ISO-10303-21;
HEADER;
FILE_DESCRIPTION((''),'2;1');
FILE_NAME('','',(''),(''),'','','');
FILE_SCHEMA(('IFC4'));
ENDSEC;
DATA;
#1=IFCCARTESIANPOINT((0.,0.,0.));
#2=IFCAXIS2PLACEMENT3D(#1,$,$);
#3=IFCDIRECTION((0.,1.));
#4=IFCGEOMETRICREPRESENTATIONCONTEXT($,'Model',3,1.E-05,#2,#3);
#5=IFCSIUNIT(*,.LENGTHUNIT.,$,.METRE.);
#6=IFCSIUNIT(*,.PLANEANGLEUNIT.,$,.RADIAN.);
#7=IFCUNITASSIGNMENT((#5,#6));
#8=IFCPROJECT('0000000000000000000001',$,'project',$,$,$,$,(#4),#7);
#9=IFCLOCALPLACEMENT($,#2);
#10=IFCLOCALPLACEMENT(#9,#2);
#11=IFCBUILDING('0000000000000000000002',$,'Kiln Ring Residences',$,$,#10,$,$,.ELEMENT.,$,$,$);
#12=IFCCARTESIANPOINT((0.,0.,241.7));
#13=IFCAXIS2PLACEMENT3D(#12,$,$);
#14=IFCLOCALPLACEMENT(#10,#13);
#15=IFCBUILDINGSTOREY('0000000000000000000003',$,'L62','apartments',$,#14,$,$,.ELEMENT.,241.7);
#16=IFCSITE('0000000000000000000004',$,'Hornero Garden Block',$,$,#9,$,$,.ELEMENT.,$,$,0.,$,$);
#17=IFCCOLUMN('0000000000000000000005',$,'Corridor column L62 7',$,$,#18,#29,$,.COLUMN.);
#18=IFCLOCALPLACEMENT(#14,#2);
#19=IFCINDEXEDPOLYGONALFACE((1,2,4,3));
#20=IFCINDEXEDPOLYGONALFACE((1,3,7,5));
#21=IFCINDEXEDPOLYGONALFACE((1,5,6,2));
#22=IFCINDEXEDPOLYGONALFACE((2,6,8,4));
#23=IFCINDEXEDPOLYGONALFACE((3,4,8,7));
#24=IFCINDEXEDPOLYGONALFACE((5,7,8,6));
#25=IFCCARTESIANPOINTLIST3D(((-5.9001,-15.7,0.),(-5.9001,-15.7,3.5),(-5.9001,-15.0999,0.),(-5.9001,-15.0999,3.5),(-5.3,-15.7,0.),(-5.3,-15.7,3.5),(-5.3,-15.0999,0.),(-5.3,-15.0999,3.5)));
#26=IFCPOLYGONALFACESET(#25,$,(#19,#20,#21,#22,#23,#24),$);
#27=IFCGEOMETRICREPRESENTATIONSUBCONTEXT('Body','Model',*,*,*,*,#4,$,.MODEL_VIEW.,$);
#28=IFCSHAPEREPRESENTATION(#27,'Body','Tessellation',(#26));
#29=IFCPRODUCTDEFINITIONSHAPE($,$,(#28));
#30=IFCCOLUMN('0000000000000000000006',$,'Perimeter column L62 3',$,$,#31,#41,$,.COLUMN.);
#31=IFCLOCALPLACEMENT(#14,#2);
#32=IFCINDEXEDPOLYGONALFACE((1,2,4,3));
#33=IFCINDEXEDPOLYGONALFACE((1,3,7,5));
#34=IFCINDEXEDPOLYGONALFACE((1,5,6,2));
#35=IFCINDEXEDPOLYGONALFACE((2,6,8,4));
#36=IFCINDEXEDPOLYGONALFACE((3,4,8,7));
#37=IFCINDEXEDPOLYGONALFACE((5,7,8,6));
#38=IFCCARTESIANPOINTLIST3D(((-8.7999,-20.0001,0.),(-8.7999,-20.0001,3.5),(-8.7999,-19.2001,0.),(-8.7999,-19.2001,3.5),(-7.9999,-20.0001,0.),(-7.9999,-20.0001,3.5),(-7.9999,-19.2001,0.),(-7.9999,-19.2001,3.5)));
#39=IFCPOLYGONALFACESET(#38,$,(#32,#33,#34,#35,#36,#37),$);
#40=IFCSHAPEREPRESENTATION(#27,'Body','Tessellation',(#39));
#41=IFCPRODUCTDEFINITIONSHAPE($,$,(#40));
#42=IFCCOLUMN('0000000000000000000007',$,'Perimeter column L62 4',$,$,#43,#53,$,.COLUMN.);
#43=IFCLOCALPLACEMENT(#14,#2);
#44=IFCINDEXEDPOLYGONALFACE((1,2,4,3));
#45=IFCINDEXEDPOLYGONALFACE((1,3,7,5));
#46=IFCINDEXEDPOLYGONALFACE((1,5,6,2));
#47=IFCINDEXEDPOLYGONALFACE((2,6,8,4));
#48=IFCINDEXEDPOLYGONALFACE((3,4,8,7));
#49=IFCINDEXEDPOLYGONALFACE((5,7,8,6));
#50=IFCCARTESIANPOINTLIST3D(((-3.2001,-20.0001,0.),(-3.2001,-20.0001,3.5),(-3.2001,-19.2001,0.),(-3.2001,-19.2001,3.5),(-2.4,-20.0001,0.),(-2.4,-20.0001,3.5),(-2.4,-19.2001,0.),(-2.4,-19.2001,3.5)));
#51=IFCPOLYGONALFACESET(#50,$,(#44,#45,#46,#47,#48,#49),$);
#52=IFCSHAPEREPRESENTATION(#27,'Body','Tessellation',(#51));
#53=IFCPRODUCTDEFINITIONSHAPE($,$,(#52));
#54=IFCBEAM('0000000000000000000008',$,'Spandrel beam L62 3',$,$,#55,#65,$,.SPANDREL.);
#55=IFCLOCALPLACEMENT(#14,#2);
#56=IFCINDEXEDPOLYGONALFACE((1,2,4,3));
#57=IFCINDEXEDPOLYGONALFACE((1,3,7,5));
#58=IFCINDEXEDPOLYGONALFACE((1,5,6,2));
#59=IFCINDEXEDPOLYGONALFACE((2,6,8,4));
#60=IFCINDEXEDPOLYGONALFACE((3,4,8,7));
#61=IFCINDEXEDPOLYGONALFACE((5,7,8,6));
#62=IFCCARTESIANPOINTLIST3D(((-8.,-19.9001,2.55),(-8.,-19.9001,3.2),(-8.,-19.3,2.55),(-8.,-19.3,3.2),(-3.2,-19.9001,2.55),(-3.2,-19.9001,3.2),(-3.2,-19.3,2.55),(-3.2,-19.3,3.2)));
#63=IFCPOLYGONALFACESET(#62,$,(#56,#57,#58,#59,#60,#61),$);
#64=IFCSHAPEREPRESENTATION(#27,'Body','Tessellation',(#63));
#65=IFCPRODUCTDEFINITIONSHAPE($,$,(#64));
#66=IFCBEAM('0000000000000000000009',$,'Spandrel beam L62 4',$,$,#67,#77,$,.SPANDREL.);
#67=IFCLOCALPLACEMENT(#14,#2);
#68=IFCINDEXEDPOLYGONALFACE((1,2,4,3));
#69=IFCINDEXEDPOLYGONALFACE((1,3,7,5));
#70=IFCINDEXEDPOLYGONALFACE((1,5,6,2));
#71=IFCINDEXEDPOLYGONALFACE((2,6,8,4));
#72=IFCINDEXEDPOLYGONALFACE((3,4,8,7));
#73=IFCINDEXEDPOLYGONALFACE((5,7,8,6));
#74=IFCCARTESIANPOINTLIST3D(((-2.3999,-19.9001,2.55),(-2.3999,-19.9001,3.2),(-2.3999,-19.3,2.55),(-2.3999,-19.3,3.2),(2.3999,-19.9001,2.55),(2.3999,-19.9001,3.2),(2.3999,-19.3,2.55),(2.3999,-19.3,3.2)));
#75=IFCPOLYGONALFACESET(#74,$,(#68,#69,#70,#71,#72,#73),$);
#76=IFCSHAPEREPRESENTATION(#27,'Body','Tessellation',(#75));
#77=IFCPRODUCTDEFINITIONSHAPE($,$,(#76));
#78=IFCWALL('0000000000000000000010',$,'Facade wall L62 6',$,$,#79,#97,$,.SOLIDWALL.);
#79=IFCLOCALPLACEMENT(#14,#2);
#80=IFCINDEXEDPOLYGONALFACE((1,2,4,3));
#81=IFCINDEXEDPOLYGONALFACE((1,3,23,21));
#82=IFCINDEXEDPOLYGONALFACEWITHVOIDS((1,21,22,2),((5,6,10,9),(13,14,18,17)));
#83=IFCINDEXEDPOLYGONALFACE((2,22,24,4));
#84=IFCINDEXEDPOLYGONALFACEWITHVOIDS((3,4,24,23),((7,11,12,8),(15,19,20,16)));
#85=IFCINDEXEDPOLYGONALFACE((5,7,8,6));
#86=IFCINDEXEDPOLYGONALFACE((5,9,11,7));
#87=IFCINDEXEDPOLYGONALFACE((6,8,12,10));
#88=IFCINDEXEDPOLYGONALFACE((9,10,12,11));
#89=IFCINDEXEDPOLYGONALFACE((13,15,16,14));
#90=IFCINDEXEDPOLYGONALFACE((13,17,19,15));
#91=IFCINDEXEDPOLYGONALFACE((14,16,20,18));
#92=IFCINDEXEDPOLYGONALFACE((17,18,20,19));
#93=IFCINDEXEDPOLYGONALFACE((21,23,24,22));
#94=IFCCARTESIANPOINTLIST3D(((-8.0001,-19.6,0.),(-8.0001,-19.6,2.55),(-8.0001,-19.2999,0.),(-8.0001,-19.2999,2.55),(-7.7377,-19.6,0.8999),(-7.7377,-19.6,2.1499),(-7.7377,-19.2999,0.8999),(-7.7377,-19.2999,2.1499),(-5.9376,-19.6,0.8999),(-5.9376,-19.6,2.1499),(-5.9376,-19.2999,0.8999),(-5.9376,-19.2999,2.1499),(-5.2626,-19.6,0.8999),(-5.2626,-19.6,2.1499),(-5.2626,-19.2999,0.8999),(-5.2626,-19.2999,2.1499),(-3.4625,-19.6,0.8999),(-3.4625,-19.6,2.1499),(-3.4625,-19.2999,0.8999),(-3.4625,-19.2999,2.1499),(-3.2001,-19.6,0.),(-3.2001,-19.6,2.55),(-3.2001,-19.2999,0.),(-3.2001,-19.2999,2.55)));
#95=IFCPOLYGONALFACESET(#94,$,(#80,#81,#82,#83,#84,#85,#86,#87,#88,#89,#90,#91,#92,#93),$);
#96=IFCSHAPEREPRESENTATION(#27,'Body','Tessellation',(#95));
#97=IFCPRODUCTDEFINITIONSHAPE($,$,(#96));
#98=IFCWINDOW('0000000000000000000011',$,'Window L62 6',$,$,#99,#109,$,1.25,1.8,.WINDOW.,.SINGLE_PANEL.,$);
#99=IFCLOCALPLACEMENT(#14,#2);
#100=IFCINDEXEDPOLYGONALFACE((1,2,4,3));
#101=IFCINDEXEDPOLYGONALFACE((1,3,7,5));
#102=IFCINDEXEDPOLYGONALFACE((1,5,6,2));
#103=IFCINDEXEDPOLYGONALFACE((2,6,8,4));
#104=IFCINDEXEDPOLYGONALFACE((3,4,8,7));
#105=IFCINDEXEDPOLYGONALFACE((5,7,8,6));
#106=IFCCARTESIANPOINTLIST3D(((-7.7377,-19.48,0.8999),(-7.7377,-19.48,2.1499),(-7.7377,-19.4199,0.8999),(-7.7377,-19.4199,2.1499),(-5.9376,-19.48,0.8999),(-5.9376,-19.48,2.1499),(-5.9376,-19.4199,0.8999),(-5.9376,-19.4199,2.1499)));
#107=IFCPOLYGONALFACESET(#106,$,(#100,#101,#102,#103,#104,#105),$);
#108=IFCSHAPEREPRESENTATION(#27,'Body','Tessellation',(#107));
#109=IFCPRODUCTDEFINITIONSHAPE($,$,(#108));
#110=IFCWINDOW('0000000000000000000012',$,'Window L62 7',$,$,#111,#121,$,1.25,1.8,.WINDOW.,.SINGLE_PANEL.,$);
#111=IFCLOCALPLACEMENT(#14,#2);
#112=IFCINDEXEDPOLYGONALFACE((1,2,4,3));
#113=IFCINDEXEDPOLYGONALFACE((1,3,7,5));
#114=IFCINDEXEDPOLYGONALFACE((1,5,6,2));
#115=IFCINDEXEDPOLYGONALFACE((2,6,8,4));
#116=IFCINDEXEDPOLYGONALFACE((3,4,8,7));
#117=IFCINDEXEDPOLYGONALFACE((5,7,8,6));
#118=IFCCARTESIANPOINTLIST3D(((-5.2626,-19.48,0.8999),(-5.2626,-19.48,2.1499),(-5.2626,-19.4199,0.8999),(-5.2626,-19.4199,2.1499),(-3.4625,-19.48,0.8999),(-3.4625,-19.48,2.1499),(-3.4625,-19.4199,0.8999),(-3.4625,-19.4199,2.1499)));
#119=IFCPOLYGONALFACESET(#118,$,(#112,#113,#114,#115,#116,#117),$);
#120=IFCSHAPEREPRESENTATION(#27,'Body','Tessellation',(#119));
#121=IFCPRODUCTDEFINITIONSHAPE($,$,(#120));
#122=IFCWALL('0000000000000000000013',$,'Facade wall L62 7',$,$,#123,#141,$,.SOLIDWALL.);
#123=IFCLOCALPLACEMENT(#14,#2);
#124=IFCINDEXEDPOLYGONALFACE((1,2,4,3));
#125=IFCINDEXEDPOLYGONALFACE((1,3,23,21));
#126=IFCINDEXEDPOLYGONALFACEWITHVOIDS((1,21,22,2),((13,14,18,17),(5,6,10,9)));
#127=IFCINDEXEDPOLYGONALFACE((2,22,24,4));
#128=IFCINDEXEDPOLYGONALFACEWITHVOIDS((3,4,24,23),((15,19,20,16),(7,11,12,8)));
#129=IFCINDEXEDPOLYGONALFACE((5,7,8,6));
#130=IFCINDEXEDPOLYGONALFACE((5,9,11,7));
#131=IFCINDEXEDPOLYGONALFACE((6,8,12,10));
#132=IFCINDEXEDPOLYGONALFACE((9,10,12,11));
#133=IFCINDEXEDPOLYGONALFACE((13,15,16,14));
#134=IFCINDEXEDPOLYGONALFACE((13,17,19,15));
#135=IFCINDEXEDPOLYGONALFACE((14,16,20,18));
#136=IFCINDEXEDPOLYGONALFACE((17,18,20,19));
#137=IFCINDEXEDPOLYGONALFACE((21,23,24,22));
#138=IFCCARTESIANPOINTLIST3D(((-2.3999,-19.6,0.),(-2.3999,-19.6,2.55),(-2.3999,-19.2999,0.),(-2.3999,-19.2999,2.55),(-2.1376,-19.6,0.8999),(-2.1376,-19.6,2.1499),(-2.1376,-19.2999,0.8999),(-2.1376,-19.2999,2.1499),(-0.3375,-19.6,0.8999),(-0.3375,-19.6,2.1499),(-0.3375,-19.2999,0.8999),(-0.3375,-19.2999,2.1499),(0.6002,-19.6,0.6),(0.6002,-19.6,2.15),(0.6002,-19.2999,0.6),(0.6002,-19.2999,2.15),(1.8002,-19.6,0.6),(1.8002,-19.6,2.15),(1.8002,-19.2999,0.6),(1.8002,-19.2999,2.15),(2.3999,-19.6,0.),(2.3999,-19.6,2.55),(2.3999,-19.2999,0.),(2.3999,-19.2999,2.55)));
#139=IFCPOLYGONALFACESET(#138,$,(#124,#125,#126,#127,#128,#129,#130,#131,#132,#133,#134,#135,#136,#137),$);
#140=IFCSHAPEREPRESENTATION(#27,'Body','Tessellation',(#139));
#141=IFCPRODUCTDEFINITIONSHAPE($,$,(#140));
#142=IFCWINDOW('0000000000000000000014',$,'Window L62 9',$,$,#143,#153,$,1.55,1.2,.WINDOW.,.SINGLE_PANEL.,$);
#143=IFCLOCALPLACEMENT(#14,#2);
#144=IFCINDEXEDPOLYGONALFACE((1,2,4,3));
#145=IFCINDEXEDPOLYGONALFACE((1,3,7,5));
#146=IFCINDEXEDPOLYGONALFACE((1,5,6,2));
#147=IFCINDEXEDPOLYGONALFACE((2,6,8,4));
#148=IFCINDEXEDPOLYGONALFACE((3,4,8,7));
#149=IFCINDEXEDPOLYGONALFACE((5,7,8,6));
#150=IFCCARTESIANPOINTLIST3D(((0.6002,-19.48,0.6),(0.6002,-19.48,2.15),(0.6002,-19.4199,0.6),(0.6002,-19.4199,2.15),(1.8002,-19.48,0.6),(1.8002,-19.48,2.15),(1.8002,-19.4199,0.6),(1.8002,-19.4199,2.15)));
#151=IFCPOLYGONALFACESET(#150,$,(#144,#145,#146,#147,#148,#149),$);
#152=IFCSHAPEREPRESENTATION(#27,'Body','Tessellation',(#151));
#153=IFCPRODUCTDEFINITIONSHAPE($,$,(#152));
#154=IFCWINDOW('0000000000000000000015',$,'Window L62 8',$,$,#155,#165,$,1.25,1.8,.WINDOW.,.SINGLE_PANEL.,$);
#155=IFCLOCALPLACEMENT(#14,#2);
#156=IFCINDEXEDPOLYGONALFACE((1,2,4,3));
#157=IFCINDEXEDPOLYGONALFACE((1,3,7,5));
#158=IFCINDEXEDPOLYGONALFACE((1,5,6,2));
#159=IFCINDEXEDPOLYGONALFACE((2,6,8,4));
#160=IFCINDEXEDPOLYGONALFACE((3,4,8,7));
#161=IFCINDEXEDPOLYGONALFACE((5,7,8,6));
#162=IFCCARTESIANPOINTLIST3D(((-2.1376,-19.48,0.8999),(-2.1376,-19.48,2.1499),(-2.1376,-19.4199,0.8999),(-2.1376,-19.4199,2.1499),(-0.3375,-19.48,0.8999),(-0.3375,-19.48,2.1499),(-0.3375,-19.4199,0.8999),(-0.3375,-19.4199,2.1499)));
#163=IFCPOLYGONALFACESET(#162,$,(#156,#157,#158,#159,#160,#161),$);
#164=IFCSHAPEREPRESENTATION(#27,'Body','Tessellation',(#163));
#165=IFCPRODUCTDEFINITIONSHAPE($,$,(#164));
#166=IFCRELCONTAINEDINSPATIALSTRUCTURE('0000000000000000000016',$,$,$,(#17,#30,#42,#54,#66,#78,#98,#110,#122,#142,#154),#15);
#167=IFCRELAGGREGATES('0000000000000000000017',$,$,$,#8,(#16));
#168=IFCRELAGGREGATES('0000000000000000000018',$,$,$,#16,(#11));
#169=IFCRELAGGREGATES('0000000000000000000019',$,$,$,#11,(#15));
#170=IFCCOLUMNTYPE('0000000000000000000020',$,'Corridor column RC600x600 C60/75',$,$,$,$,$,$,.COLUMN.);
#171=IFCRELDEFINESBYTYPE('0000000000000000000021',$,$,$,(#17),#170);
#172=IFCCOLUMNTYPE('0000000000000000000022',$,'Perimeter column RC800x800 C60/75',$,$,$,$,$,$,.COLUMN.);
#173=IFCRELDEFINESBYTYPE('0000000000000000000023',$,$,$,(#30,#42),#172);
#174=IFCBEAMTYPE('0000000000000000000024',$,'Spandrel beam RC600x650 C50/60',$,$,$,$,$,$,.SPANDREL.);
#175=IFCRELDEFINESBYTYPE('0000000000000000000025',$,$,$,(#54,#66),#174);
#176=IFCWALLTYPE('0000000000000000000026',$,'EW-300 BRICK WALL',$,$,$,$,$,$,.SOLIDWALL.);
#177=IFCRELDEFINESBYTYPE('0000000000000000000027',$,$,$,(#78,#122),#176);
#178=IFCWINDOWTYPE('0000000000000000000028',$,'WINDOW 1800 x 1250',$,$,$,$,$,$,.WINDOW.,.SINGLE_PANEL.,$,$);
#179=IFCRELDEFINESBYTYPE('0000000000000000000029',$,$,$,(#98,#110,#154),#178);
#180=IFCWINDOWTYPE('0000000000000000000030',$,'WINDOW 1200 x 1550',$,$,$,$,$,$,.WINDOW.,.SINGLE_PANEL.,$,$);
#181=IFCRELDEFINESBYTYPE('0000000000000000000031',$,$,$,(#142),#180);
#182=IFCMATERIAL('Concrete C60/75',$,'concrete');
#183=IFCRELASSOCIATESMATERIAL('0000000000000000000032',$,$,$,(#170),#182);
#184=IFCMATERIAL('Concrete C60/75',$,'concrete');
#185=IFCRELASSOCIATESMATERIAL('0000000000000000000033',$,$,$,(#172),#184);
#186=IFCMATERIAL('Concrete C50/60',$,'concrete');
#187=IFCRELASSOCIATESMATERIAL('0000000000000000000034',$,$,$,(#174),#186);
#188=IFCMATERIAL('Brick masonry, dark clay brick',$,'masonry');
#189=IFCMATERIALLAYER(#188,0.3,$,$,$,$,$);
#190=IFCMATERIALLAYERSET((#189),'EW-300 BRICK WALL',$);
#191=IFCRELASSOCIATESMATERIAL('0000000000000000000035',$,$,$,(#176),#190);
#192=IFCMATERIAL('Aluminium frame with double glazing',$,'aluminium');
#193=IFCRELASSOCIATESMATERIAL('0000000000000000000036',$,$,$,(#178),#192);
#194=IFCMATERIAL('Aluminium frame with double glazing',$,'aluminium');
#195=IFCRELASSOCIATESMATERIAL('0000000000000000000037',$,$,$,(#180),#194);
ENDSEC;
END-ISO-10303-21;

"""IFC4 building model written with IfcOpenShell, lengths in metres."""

from ifc_helpers import new_model, si_unit, direction, frame, frame_2d, origin, origin_2d, place, context, subcontext, project, spatial, rectangle, extrude, material, layer, layer_set, material_profile, profile_set, type_object, element, fill, save


model = new_model("IFC4")

# Units and contexts
model_context = context("Model", 3, precision=1e-05, world=origin(), true_north=direction((0.0, 1.0)))
body_context = subcontext(model_context, "Body", "Model", "MODEL_VIEW")
ifc_project = project(units=[si_unit("LENGTHUNIT", "METRE"), si_unit("PLANEANGLEUNIT", "RADIAN")], contexts=[model_context])

# Site, building, storey
site_placement = place(None, origin())
site = spatial("IfcSite", under=ifc_project, at=site_placement, Name="Hornero Garden Block", CompositionType="ELEMENT", RefElevation=0.0)
building_placement = place(site_placement, origin())
building = spatial("IfcBuilding", under=site, at=building_placement, Name="Kiln Ring Residences", CompositionType="ELEMENT")
storey_placement = place(building_placement, frame((0.0, 0.0, 241.7)))
storey = spatial("IfcBuildingStorey", under=building, at=storey_placement, Name="L62", Description="apartments", CompositionType="ELEMENT", Elevation=241.7)

# Columns
ifc_material_1 = material(Name="Concrete C60/75", Category="concrete")
ifc_material_profile_1 = material_profile(ifc_material_1, rectangle(XDim=0.6001, YDim=0.6001, at=origin_2d()), Name="RC600x600")
ifc_profile_set_1 = profile_set([ifc_material_profile_1], Name="Concrete C60/75")
column_type_1 = type_object("IfcColumnType", Name="Corridor column RC600x600 C60/75", PredefinedType="COLUMN", material=ifc_profile_set_1)
column_placement = place(storey_placement, frame((-5.6001, -15.3999, 0.0), z_axis=(0.0, 0.0, 1.0), x_axis=(1.0, 0.0, 0.0)))
element("IfcColumn", 1, at=column_placement, inside=storey, type_object=column_type_1, Name="Corridor column L62 7", PredefinedType="COLUMN", context=body_context, shape_type="SweptSolid", body=[
    extrude(rectangle(XDim=0.6001, YDim=0.6001, at=origin_2d()), origin(), (0.0, 0.0, 1.0), 3.5),
])
ifc_material_2 = material(Name="Concrete C60/75", Category="concrete")
ifc_material_profile_2 = material_profile(ifc_material_2, rectangle(XDim=0.8, YDim=0.8, at=origin_2d()), Name="RC800x800")
ifc_profile_set_2 = profile_set([ifc_material_profile_2], Name="Concrete C60/75")
column_type_2 = type_object("IfcColumnType", Name="Perimeter column RC800x800 C60/75", PredefinedType="COLUMN", material=ifc_profile_set_2)
for number, where, z_axis, x_axis, name in (
    (2, (-8.3999, -19.6001, 0.0), (0.0, 0.0, 1.0), (1.0, 0.0, 0.0), "Perimeter column L62 3"),
    (3, (-2.8, -19.6001, 0.0), (0.0, 0.0, 1.0), (1.0, 0.0, 0.0), "Perimeter column L62 4"),
):
    element("IfcColumn", number, at=place(storey_placement, frame(where, z_axis=z_axis, x_axis=x_axis)), inside=storey, type_object=column_type_2, Name=name, PredefinedType="COLUMN", context=body_context, shape_type="SweptSolid", body=[
        extrude(rectangle(XDim=0.8, YDim=0.8, at=origin_2d()), origin(), (0.0, 0.0, 1.0), 3.5),
    ])

# Beams
ifc_material_3 = material(Name="Concrete C50/60", Category="concrete")
ifc_material_profile_3 = material_profile(ifc_material_3, rectangle(XDim=0.6001, YDim=0.6499, at=origin_2d()), Name="RC600x650")
ifc_profile_set_3 = profile_set([ifc_material_profile_3], Name="Concrete C50/60")
beam_type = type_object("IfcBeamType", Name="Spandrel beam RC600x650 C50/60", PredefinedType="SPANDREL", material=ifc_profile_set_3)
beam_1_placement = place(storey_placement, frame((-8.0, -19.6001, 2.875), z_axis=(1.0, 0.0, 0.0), x_axis=(0.0, 1.0, 0.0)))
element("IfcBeam", 4, at=beam_1_placement, inside=storey, type_object=beam_type, Name="Spandrel beam L62 3", PredefinedType="SPANDREL", context=body_context, shape_type="SweptSolid", body=[
    extrude(rectangle(XDim=0.6001, YDim=0.6499, at=origin_2d()), origin(), (0.0, 0.0, 1.0), 4.8),
])
beam_2_placement = place(storey_placement, frame((-2.3999, -19.6001, 2.875), z_axis=(1.0, 0.0, 0.0), x_axis=(0.0, 1.0, 0.0)))
element("IfcBeam", 5, at=beam_2_placement, inside=storey, type_object=beam_type, Name="Spandrel beam L62 4", PredefinedType="SPANDREL", context=body_context, shape_type="SweptSolid", body=[
    extrude(rectangle(XDim=0.6001, YDim=0.6499, at=origin_2d()), origin(), (0.0, 0.0, 1.0), 4.7998),
])

# Walls, openings, windows
ifc_material_4 = material(Name="Brick masonry, dark clay brick", Category="masonry")
ifc_layer_1 = layer(ifc_material_4, 0.3)
ifc_layer_set_1 = layer_set([ifc_layer_1], Name="EW-300 BRICK WALL")
wall_type_1 = type_object("IfcWallType", Name="EW-300 BRICK WALL", PredefinedType="SOLIDWALL", material=ifc_layer_set_1)
wall_1_placement = place(storey_placement, frame((-8.0, -19.45, 0.0), z_axis=(0.0, 0.0, 1.0), x_axis=(1.0, 0.0, 0.0)))
wall_1 = element("IfcWall", 6, at=wall_1_placement, inside=storey, type_object=wall_type_1, Name="Facade wall L62 6", PredefinedType="SOLIDWALL", context=body_context, shape_type="SweptSolid", body=[
    extrude(rectangle(XDim=4.8, YDim=0.3, at=frame_2d((2.3999, 0.0))), origin(), (0.0, 0.0, 1.0), 2.55),
])
opening_1_placement = place(wall_1_placement, frame((0.2625, 0.0, 0.8999)))
opening_1 = element("IfcOpeningElement", 7, at=opening_1_placement, cuts=wall_1, PredefinedType="OPENING", context=body_context, shape_type="SweptSolid", body=[
    extrude(rectangle(XDim=1.8, YDim=1.25, at=frame_2d((0.8999, 0.625))), frame((0.0, 0.1599, 0.0), z_axis=(0.0, -1.0, 0.0), x_axis=(1.0, 0.0, 0.0)), (0.0, 0.0, 1.0), 0.3201),
])
opening_2_placement = place(wall_1_placement, frame((2.7375, 0.0, 0.8999)))
opening_2 = element("IfcOpeningElement", 8, at=opening_2_placement, cuts=wall_1, PredefinedType="OPENING", context=body_context, shape_type="SweptSolid", body=[
    extrude(rectangle(XDim=1.8, YDim=1.25, at=frame_2d((0.8999, 0.625))), frame((0.0, 0.1599, 0.0), z_axis=(0.0, -1.0, 0.0), x_axis=(1.0, 0.0, 0.0)), (0.0, 0.0, 1.0), 0.3201),
])
ifc_material_5 = material(Name="Aluminium frame with double glazing", Category="aluminium")
window_type_1 = type_object("IfcWindowType", Name="WINDOW 1800 x 1250", PartitioningType="SINGLE_PANEL", PredefinedType="WINDOW", material=ifc_material_5)
window_1_placement = place(opening_1_placement, origin())
window_1 = element("IfcWindow", 9, at=window_1_placement, inside=storey, type_object=window_type_1, Name="Window L62 6", OverallHeight=1.25, OverallWidth=1.8, PartitioningType="SINGLE_PANEL", PredefinedType="WINDOW", context=body_context, shape_type="SweptSolid", body=[
    extrude(rectangle(XDim=1.8, YDim=1.25, at=frame_2d((0.8999, 0.625))), frame((0.0, 0.03, 0.0), z_axis=(0.0, -1.0, 0.0), x_axis=(1.0, 0.0, 0.0)), (0.0, 0.0, 1.0), 0.0601),
])
fill(opening_1, window_1)
window_2_placement = place(opening_2_placement, origin())
window_2 = element("IfcWindow", 10, at=window_2_placement, inside=storey, type_object=window_type_1, Name="Window L62 7", OverallHeight=1.25, OverallWidth=1.8, PartitioningType="SINGLE_PANEL", PredefinedType="WINDOW", context=body_context, shape_type="SweptSolid", body=[
    extrude(rectangle(XDim=1.8, YDim=1.25, at=frame_2d((0.8999, 0.625))), frame((0.0, 0.03, 0.0), z_axis=(0.0, -1.0, 0.0), x_axis=(1.0, 0.0, 0.0)), (0.0, 0.0, 1.0), 0.0601),
])
fill(opening_2, window_2)
wall_2_placement = place(storey_placement, frame((-2.3999, -19.45, 0.0), z_axis=(0.0, 0.0, 1.0), x_axis=(1.0, 0.0, 0.0)))
wall_2 = element("IfcWall", 11, at=wall_2_placement, inside=storey, type_object=wall_type_1, Name="Facade wall L62 7", PredefinedType="SOLIDWALL", context=body_context, shape_type="SweptSolid", body=[
    extrude(rectangle(XDim=4.7998, YDim=0.3, at=frame_2d((2.3999, 0.0))), origin(), (0.0, 0.0, 1.0), 2.55),
])
opening_3_placement = place(wall_2_placement, frame((0.2625, 0.0, 0.8999)))
opening_3 = element("IfcOpeningElement", 12, at=opening_3_placement, cuts=wall_2, PredefinedType="OPENING", context=body_context, shape_type="SweptSolid", body=[
    extrude(rectangle(XDim=1.8, YDim=1.25, at=frame_2d((0.8999, 0.625))), frame((0.0, 0.1599, 0.0), z_axis=(0.0, -1.0, 0.0), x_axis=(1.0, 0.0, 0.0)), (0.0, 0.0, 1.0), 0.3201),
])
opening_4_placement = place(wall_2_placement, frame((3.0, 0.0, 0.6001)))
opening_4 = element("IfcOpeningElement", 13, at=opening_4_placement, cuts=wall_2, PredefinedType="OPENING", context=body_context, shape_type="SweptSolid", body=[
    extrude(rectangle(XDim=1.2, YDim=1.55, at=frame_2d((0.6001, 0.7749))), frame((0.0, 0.1599, 0.0), z_axis=(0.0, -1.0, 0.0), x_axis=(1.0, 0.0, 0.0)), (0.0, 0.0, 1.0), 0.3201),
])
ifc_material_6 = material(Name="Aluminium frame with double glazing", Category="aluminium")
window_type_2 = type_object("IfcWindowType", Name="WINDOW 1200 x 1550", PartitioningType="SINGLE_PANEL", PredefinedType="WINDOW", material=ifc_material_6)
window_3_placement = place(opening_4_placement, origin())
window_3 = element("IfcWindow", 14, at=window_3_placement, inside=storey, type_object=window_type_2, Name="Window L62 9", OverallHeight=1.55, OverallWidth=1.2, PartitioningType="SINGLE_PANEL", PredefinedType="WINDOW", context=body_context, shape_type="SweptSolid", body=[
    extrude(rectangle(XDim=1.2, YDim=1.55, at=frame_2d((0.6001, 0.7749))), frame((0.0, 0.03, 0.0), z_axis=(0.0, -1.0, 0.0), x_axis=(1.0, 0.0, 0.0)), (0.0, 0.0, 1.0), 0.0601),
])
fill(opening_4, window_3)
window_4_placement = place(opening_3_placement, origin())
window_4 = element("IfcWindow", 15, at=window_4_placement, inside=storey, type_object=window_type_1, Name="Window L62 8", OverallHeight=1.25, OverallWidth=1.8, PartitioningType="SINGLE_PANEL", PredefinedType="WINDOW", context=body_context, shape_type="SweptSolid", body=[
    extrude(rectangle(XDim=1.8, YDim=1.25, at=frame_2d((0.8999, 0.625))), frame((0.0, 0.03, 0.0), z_axis=(0.0, -1.0, 0.0), x_axis=(1.0, 0.0, 0.0)), (0.0, 0.0, 1.0), 0.0601),
])
fill(opening_3, window_4)

save(model, "model.ifc")
